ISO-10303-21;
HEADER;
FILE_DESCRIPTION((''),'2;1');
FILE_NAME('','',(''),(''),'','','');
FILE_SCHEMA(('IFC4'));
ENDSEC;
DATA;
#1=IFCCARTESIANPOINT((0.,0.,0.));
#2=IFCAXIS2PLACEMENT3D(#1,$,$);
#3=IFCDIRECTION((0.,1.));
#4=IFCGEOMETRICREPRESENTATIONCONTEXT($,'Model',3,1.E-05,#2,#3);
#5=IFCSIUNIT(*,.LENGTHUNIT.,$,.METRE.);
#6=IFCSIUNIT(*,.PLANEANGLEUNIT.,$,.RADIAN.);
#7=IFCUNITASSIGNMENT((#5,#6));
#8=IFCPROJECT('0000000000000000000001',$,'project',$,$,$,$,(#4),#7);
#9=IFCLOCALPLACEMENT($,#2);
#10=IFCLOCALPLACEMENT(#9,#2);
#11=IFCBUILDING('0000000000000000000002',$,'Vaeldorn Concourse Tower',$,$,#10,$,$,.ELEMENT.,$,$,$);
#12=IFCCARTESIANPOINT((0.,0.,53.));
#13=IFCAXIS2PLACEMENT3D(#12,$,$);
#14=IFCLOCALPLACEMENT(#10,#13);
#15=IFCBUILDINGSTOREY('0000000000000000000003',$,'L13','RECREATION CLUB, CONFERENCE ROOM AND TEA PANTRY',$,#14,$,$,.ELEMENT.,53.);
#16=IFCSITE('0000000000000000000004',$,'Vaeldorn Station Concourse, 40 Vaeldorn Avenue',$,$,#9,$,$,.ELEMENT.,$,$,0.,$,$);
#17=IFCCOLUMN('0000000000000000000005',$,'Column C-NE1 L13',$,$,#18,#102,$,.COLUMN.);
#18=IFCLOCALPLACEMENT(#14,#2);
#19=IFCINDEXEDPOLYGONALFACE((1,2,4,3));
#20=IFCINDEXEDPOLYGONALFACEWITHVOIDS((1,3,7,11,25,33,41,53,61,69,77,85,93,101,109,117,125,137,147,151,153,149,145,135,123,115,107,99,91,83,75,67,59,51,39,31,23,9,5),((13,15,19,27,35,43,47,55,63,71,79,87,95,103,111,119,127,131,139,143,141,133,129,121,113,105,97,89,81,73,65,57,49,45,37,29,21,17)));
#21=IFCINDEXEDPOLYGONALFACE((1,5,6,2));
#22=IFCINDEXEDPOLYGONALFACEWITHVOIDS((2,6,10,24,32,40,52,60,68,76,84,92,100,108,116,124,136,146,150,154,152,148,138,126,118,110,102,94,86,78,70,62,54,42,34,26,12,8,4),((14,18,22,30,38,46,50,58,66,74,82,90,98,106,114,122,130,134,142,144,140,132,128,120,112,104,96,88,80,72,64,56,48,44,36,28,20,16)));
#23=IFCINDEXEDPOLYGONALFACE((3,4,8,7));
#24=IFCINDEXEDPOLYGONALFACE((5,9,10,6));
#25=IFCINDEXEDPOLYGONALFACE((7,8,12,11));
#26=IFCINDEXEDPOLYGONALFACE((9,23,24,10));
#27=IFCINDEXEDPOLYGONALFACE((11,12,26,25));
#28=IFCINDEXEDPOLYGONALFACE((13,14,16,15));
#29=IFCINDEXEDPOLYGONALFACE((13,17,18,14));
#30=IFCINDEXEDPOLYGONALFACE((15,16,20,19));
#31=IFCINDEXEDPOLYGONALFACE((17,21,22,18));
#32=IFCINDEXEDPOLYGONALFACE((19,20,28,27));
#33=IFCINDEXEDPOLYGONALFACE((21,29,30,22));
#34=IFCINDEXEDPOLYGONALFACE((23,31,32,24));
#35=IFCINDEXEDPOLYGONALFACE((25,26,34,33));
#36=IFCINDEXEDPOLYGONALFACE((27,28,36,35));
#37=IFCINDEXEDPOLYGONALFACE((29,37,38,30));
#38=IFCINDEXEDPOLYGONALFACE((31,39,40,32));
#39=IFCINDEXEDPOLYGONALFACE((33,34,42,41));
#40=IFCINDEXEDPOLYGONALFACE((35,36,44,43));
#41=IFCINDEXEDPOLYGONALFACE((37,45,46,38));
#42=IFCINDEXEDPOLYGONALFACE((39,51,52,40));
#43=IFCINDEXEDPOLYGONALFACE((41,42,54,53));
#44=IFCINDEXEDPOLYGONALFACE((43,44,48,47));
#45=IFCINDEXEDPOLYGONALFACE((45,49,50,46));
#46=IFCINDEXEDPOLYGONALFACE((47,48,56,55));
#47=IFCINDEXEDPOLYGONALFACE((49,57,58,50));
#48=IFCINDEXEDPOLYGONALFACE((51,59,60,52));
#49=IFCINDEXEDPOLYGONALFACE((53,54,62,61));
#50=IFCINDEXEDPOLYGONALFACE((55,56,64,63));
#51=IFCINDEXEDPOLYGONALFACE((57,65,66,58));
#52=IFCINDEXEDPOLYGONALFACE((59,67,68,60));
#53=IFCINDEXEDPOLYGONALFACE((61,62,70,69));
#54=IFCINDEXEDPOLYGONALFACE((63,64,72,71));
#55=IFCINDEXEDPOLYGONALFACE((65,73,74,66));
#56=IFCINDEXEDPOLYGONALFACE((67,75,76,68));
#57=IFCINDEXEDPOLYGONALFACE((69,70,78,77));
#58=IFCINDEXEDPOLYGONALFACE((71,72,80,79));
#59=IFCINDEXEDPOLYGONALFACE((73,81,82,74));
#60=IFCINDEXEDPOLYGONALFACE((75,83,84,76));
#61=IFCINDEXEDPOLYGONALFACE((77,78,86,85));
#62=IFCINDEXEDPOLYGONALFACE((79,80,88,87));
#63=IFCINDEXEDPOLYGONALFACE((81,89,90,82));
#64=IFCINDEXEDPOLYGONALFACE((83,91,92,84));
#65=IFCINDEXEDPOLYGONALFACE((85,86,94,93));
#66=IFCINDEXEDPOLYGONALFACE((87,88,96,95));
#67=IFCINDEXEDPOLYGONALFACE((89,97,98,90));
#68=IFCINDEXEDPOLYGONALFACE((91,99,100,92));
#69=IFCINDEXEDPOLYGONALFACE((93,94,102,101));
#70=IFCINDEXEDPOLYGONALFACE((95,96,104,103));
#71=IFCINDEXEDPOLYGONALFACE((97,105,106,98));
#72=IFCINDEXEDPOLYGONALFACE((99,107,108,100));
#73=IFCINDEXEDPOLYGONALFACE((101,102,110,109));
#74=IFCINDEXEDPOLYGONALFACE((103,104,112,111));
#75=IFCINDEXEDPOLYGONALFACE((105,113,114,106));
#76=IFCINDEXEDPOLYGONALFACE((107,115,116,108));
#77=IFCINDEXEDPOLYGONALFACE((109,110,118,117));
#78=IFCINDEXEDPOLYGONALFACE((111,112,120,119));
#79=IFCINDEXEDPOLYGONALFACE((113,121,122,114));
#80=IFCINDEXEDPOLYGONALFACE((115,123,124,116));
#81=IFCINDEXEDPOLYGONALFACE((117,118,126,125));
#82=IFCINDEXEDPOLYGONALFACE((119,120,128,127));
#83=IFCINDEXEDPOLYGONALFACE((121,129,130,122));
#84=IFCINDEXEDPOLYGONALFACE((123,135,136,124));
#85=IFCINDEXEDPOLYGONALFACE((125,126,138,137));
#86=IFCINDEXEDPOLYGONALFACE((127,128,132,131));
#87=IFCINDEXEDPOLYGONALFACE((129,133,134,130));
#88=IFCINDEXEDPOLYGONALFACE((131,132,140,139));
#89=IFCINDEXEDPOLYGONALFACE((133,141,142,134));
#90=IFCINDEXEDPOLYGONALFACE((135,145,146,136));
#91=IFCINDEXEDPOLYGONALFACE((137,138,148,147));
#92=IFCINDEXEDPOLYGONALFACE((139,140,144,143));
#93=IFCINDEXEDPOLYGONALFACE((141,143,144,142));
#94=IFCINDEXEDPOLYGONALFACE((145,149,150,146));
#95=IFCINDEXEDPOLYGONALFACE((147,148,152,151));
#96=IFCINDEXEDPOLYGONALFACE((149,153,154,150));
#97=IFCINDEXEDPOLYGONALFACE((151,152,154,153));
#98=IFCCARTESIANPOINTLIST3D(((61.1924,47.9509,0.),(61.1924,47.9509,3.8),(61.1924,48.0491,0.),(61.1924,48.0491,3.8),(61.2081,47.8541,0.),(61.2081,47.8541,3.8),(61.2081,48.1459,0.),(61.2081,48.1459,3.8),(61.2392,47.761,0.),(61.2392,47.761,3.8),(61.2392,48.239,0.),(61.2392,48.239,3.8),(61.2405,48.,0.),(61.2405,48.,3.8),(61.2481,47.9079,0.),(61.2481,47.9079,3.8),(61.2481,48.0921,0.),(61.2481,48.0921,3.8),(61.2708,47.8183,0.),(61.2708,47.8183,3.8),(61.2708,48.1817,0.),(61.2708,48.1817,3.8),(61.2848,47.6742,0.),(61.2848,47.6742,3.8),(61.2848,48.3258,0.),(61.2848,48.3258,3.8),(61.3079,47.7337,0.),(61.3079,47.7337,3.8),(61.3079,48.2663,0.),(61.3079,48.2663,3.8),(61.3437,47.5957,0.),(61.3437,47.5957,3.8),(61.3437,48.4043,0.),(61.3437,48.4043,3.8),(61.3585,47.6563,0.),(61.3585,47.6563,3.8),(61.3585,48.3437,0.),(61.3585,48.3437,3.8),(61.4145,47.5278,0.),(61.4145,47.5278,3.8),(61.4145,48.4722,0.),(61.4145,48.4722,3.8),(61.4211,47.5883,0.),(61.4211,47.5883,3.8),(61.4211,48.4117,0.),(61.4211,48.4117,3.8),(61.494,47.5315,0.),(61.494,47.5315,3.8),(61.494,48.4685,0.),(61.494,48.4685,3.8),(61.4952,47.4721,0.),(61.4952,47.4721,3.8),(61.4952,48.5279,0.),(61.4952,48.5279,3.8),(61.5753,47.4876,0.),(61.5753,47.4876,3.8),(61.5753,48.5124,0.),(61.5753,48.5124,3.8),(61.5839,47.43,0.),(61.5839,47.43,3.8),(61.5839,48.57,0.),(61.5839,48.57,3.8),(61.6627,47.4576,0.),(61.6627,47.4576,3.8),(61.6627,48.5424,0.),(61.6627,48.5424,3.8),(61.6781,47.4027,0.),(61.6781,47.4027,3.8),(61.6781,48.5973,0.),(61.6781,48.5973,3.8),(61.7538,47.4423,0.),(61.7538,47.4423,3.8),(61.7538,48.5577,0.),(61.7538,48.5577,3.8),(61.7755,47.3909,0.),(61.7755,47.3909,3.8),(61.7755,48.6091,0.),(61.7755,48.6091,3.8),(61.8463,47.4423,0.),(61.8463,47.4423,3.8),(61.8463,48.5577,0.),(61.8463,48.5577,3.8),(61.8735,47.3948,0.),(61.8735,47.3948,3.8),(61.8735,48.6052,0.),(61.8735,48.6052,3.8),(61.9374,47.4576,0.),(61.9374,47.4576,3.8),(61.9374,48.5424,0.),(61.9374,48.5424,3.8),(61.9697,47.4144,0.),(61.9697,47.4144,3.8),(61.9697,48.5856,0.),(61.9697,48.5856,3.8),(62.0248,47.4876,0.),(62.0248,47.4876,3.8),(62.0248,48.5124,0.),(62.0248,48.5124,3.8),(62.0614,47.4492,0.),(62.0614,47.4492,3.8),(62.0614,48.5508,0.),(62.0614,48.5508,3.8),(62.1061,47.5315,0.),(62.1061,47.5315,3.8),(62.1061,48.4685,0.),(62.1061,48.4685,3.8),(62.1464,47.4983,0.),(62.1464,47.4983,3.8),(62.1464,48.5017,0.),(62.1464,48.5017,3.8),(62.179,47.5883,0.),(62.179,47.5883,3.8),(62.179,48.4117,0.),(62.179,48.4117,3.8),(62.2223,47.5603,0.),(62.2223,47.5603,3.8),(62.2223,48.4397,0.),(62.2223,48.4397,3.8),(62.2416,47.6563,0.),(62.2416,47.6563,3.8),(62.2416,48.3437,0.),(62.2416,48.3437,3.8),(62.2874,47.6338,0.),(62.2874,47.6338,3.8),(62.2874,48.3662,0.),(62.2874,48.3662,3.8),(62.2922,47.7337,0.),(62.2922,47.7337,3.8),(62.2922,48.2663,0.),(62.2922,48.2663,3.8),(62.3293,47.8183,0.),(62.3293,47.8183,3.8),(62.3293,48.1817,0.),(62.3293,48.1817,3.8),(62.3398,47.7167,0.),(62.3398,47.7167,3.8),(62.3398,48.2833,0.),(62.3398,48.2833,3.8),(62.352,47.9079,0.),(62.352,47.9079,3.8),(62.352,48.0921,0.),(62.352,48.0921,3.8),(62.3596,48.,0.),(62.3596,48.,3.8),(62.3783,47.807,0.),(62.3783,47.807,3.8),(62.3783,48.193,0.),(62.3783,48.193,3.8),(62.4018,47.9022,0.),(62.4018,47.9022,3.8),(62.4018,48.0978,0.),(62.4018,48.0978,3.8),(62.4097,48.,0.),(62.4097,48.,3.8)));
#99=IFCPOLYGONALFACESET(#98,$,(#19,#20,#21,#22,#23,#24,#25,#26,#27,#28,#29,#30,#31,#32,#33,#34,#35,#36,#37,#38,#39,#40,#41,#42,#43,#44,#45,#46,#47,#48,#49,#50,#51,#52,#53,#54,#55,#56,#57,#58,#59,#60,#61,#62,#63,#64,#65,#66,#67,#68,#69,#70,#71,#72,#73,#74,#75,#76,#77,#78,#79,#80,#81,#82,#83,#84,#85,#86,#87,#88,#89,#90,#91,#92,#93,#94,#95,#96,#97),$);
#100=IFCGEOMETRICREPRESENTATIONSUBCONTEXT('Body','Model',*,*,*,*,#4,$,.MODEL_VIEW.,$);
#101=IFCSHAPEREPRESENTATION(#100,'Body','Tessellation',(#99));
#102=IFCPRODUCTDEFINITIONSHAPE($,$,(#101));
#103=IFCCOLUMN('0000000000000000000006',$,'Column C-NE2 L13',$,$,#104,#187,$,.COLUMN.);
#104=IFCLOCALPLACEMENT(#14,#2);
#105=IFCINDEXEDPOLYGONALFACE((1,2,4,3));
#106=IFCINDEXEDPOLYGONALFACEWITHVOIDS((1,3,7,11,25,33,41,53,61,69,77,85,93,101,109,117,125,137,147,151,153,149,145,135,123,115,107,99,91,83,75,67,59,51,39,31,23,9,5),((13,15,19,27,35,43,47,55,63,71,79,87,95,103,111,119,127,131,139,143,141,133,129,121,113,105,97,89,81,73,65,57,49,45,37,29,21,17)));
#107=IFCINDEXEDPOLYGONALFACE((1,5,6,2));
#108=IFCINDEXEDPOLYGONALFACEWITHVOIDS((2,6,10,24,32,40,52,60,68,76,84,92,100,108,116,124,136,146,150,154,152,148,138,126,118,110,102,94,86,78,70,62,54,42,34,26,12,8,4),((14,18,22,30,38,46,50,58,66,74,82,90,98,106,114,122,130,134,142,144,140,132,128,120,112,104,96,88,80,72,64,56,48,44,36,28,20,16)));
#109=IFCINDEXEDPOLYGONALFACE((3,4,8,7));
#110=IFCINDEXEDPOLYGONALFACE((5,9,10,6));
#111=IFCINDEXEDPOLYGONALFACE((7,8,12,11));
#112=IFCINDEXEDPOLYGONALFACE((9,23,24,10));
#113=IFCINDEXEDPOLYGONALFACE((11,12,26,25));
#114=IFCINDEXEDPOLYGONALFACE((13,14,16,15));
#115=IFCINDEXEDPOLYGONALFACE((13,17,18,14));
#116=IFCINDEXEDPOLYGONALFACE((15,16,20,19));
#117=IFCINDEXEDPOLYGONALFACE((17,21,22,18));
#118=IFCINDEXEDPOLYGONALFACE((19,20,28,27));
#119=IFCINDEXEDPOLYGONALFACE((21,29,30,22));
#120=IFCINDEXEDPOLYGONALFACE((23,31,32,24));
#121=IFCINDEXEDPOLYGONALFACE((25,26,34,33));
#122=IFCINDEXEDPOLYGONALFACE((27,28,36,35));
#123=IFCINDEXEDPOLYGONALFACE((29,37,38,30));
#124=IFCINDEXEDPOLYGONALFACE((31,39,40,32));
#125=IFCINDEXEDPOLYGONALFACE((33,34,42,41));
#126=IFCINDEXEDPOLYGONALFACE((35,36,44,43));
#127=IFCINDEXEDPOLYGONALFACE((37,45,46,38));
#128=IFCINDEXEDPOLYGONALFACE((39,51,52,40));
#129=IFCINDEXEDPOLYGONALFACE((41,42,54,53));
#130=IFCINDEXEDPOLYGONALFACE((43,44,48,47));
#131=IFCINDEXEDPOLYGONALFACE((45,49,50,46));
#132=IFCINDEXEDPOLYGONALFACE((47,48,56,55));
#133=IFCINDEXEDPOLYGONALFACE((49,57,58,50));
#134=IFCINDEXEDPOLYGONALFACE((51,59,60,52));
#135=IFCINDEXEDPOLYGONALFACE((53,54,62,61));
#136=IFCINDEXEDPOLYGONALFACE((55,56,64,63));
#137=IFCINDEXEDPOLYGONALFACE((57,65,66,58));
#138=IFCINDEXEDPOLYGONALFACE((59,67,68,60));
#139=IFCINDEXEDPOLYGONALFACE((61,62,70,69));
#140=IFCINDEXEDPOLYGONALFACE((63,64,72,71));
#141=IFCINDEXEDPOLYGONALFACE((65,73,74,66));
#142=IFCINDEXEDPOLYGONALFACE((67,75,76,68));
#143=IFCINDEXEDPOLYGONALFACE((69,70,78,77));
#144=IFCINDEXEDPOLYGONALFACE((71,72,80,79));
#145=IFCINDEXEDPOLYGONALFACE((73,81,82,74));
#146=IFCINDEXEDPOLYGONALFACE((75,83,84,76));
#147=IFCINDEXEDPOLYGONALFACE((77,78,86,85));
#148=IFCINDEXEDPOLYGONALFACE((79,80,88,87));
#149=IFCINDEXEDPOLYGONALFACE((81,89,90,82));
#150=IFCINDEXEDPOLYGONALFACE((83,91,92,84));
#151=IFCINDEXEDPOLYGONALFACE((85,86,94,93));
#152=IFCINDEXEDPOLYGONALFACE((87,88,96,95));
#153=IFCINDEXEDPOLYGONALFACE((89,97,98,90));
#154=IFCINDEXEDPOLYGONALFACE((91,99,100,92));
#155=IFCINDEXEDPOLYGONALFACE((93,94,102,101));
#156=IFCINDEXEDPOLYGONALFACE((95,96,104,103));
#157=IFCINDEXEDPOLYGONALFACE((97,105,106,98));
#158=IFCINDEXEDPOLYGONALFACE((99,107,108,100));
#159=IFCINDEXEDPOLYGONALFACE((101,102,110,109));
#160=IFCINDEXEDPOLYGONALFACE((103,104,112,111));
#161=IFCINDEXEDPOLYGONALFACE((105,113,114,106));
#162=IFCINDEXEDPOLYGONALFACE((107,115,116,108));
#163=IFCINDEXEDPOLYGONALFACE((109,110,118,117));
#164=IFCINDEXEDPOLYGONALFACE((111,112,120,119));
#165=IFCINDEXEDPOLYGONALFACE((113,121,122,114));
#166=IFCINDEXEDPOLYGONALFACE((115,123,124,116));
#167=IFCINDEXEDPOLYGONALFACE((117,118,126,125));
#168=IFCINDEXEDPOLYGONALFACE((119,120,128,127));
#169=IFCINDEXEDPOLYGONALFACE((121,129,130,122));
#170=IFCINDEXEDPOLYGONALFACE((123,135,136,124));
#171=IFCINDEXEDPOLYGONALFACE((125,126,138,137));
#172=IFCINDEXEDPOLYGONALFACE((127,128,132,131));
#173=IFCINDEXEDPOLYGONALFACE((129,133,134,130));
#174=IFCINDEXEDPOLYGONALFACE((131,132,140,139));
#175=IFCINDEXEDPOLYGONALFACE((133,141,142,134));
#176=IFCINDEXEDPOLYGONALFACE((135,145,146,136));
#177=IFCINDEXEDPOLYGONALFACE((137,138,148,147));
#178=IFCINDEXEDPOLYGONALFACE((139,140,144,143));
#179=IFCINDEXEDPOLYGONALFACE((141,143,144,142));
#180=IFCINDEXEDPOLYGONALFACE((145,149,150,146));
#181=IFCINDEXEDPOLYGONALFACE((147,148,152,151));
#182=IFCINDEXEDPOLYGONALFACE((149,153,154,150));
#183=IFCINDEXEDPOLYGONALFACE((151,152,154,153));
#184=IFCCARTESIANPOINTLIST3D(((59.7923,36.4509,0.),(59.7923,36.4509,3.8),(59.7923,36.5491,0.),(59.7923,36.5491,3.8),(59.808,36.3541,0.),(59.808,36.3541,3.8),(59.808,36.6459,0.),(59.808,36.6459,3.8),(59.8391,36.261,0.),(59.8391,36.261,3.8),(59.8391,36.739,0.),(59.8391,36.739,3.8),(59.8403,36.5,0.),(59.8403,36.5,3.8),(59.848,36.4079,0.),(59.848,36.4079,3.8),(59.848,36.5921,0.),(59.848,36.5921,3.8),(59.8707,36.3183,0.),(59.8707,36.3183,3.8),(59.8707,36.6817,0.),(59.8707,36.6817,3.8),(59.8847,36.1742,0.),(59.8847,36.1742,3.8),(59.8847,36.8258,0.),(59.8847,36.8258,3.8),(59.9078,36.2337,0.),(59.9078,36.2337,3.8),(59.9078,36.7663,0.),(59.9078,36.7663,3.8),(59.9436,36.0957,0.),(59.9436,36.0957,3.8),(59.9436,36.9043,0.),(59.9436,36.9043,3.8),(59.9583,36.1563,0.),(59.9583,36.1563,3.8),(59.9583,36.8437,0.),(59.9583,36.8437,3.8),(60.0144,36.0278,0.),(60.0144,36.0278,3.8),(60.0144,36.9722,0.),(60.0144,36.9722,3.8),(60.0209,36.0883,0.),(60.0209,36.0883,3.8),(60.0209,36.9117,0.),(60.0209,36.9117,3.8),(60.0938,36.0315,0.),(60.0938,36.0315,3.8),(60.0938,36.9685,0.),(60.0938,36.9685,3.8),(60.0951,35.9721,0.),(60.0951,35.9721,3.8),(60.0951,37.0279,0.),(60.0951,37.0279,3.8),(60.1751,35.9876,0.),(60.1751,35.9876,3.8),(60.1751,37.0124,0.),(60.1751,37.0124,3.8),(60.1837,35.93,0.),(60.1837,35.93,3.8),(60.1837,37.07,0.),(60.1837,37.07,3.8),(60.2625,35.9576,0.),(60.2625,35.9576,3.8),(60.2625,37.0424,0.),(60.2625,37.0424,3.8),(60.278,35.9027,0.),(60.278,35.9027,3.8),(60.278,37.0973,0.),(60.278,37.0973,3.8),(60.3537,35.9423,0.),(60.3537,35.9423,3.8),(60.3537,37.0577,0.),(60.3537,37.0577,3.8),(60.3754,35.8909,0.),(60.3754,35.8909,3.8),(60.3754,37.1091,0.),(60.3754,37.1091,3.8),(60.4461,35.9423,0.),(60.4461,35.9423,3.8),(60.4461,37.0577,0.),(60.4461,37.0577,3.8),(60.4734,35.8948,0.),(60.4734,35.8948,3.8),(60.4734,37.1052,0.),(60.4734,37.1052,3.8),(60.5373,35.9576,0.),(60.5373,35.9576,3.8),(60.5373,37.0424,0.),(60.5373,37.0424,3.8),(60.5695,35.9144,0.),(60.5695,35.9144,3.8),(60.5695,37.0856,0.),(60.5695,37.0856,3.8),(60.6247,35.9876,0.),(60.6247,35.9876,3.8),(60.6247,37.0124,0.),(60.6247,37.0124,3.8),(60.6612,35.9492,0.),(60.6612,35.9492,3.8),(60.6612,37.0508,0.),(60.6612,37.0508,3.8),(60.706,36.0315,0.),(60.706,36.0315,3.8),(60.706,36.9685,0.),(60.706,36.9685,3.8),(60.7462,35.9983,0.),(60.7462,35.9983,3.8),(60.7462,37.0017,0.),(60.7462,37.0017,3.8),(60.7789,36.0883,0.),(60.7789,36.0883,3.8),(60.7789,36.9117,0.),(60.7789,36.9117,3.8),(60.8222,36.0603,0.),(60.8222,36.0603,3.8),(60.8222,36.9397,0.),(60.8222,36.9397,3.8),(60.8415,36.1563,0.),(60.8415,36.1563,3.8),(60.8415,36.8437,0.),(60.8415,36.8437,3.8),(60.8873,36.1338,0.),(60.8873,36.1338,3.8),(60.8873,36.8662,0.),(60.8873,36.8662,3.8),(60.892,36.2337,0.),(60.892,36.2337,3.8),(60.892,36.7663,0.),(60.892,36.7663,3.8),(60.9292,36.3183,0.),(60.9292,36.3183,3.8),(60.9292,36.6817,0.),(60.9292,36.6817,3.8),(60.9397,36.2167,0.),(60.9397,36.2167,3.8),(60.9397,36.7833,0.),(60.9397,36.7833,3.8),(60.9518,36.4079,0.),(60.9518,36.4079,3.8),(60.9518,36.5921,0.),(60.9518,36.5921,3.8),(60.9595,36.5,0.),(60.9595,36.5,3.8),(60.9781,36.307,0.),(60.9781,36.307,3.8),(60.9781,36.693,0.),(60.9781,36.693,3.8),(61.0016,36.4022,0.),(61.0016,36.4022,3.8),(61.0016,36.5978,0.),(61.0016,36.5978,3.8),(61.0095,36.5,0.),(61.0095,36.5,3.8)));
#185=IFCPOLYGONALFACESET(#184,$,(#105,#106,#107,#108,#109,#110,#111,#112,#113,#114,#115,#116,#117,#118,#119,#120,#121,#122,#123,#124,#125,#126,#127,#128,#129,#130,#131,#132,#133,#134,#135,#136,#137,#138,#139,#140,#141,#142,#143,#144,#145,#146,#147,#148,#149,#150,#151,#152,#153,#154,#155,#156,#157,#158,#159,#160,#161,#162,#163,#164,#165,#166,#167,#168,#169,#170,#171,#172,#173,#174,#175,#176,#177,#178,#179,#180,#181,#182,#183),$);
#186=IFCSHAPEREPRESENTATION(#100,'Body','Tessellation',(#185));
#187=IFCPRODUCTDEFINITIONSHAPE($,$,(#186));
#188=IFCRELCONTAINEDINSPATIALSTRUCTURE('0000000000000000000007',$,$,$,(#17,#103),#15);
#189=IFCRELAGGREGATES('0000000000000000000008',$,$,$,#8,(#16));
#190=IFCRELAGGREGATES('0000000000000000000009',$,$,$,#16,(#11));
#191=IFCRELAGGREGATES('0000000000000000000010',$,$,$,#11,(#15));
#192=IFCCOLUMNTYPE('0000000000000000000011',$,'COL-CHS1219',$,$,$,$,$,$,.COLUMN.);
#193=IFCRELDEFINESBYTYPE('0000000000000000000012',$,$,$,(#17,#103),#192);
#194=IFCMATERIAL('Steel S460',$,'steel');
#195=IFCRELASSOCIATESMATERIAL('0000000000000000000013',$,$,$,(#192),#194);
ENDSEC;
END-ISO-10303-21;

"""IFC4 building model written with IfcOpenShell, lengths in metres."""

from ifc_helpers import new_model, si_unit, direction, frame, origin, origin_2d, place, context, subcontext, project, spatial, hollow_circle, extrude, source, transform, mapped, material, material_profile, profile_set, type_object, element, save


model = new_model("IFC4")

# Units and contexts
model_context = context("Model", 3, precision=1e-05, world=origin(), true_north=direction((0.0, 1.0)))
body_context = subcontext(model_context, "Body", "Model", "MODEL_VIEW")
ifc_project = project(units=[si_unit("LENGTHUNIT", "METRE"), si_unit("PLANEANGLEUNIT", "RADIAN")], contexts=[model_context])

# Site, building, storey
site_placement = place(None, origin())
site = spatial("IfcSite", under=ifc_project, at=site_placement, Name="Vaeldorn Station Concourse, 40 Vaeldorn Avenue", CompositionType="ELEMENT", RefElevation=0.0)
building_placement = place(site_placement, origin())
building = spatial("IfcBuilding", under=site, at=building_placement, Name="Vaeldorn Concourse Tower", CompositionType="ELEMENT")
storey_placement = place(building_placement, frame((0.0, 0.0, 53.0)))
storey = spatial("IfcBuildingStorey", under=building, at=storey_placement, Name="L13", Description="RECREATION CLUB, CONFERENCE ROOM AND TEA PANTRY", CompositionType="ELEMENT", Elevation=53.0)

# Columns
ifc_material_1 = material(Name="Steel S460", Category="steel")
ifc_material_profile_1 = material_profile(ifc_material_1, hollow_circle(Radius=0.6096, WallThickness=0.05, at=origin_2d()), Name="CHS 1219x50")
ifc_profile_set_1 = profile_set([ifc_material_profile_1], Name="Steel S460")
column_type = type_object("IfcColumnType", Name="COL-CHS1219", PredefinedType="COLUMN", material=ifc_profile_set_1)
shared_shape_1 = source(origin(), body_context, "Body", "SweptSolid", [
    extrude(hollow_circle(Radius=0.6096, WallThickness=0.05, at=origin_2d()), origin(), (0.0, 0.0, 1.0), 3.8),
])
for number, where, z_axis, x_axis, name in (
    (1, (61.8, 48.0, 0.0), (0.0, 0.0, 1.0), (1.0, 0.0, 0.0), "Column C-NE1 L13"),
    (2, (60.3999, 36.5, 0.0), (0.0, 0.0, 1.0), (1.0, 0.0, 0.0), "Column C-NE2 L13"),
):
    element("IfcColumn", number, at=place(storey_placement, frame(where, z_axis=z_axis, x_axis=x_axis)), inside=storey, type_object=column_type, Name=name, PredefinedType="COLUMN", context=body_context, shape_type="MappedRepresentation", body=[
        mapped(shared_shape_1, transform((0.0, 0.0, 0.0), scale=1.0)),
    ])

save(model, "model.ifc")
